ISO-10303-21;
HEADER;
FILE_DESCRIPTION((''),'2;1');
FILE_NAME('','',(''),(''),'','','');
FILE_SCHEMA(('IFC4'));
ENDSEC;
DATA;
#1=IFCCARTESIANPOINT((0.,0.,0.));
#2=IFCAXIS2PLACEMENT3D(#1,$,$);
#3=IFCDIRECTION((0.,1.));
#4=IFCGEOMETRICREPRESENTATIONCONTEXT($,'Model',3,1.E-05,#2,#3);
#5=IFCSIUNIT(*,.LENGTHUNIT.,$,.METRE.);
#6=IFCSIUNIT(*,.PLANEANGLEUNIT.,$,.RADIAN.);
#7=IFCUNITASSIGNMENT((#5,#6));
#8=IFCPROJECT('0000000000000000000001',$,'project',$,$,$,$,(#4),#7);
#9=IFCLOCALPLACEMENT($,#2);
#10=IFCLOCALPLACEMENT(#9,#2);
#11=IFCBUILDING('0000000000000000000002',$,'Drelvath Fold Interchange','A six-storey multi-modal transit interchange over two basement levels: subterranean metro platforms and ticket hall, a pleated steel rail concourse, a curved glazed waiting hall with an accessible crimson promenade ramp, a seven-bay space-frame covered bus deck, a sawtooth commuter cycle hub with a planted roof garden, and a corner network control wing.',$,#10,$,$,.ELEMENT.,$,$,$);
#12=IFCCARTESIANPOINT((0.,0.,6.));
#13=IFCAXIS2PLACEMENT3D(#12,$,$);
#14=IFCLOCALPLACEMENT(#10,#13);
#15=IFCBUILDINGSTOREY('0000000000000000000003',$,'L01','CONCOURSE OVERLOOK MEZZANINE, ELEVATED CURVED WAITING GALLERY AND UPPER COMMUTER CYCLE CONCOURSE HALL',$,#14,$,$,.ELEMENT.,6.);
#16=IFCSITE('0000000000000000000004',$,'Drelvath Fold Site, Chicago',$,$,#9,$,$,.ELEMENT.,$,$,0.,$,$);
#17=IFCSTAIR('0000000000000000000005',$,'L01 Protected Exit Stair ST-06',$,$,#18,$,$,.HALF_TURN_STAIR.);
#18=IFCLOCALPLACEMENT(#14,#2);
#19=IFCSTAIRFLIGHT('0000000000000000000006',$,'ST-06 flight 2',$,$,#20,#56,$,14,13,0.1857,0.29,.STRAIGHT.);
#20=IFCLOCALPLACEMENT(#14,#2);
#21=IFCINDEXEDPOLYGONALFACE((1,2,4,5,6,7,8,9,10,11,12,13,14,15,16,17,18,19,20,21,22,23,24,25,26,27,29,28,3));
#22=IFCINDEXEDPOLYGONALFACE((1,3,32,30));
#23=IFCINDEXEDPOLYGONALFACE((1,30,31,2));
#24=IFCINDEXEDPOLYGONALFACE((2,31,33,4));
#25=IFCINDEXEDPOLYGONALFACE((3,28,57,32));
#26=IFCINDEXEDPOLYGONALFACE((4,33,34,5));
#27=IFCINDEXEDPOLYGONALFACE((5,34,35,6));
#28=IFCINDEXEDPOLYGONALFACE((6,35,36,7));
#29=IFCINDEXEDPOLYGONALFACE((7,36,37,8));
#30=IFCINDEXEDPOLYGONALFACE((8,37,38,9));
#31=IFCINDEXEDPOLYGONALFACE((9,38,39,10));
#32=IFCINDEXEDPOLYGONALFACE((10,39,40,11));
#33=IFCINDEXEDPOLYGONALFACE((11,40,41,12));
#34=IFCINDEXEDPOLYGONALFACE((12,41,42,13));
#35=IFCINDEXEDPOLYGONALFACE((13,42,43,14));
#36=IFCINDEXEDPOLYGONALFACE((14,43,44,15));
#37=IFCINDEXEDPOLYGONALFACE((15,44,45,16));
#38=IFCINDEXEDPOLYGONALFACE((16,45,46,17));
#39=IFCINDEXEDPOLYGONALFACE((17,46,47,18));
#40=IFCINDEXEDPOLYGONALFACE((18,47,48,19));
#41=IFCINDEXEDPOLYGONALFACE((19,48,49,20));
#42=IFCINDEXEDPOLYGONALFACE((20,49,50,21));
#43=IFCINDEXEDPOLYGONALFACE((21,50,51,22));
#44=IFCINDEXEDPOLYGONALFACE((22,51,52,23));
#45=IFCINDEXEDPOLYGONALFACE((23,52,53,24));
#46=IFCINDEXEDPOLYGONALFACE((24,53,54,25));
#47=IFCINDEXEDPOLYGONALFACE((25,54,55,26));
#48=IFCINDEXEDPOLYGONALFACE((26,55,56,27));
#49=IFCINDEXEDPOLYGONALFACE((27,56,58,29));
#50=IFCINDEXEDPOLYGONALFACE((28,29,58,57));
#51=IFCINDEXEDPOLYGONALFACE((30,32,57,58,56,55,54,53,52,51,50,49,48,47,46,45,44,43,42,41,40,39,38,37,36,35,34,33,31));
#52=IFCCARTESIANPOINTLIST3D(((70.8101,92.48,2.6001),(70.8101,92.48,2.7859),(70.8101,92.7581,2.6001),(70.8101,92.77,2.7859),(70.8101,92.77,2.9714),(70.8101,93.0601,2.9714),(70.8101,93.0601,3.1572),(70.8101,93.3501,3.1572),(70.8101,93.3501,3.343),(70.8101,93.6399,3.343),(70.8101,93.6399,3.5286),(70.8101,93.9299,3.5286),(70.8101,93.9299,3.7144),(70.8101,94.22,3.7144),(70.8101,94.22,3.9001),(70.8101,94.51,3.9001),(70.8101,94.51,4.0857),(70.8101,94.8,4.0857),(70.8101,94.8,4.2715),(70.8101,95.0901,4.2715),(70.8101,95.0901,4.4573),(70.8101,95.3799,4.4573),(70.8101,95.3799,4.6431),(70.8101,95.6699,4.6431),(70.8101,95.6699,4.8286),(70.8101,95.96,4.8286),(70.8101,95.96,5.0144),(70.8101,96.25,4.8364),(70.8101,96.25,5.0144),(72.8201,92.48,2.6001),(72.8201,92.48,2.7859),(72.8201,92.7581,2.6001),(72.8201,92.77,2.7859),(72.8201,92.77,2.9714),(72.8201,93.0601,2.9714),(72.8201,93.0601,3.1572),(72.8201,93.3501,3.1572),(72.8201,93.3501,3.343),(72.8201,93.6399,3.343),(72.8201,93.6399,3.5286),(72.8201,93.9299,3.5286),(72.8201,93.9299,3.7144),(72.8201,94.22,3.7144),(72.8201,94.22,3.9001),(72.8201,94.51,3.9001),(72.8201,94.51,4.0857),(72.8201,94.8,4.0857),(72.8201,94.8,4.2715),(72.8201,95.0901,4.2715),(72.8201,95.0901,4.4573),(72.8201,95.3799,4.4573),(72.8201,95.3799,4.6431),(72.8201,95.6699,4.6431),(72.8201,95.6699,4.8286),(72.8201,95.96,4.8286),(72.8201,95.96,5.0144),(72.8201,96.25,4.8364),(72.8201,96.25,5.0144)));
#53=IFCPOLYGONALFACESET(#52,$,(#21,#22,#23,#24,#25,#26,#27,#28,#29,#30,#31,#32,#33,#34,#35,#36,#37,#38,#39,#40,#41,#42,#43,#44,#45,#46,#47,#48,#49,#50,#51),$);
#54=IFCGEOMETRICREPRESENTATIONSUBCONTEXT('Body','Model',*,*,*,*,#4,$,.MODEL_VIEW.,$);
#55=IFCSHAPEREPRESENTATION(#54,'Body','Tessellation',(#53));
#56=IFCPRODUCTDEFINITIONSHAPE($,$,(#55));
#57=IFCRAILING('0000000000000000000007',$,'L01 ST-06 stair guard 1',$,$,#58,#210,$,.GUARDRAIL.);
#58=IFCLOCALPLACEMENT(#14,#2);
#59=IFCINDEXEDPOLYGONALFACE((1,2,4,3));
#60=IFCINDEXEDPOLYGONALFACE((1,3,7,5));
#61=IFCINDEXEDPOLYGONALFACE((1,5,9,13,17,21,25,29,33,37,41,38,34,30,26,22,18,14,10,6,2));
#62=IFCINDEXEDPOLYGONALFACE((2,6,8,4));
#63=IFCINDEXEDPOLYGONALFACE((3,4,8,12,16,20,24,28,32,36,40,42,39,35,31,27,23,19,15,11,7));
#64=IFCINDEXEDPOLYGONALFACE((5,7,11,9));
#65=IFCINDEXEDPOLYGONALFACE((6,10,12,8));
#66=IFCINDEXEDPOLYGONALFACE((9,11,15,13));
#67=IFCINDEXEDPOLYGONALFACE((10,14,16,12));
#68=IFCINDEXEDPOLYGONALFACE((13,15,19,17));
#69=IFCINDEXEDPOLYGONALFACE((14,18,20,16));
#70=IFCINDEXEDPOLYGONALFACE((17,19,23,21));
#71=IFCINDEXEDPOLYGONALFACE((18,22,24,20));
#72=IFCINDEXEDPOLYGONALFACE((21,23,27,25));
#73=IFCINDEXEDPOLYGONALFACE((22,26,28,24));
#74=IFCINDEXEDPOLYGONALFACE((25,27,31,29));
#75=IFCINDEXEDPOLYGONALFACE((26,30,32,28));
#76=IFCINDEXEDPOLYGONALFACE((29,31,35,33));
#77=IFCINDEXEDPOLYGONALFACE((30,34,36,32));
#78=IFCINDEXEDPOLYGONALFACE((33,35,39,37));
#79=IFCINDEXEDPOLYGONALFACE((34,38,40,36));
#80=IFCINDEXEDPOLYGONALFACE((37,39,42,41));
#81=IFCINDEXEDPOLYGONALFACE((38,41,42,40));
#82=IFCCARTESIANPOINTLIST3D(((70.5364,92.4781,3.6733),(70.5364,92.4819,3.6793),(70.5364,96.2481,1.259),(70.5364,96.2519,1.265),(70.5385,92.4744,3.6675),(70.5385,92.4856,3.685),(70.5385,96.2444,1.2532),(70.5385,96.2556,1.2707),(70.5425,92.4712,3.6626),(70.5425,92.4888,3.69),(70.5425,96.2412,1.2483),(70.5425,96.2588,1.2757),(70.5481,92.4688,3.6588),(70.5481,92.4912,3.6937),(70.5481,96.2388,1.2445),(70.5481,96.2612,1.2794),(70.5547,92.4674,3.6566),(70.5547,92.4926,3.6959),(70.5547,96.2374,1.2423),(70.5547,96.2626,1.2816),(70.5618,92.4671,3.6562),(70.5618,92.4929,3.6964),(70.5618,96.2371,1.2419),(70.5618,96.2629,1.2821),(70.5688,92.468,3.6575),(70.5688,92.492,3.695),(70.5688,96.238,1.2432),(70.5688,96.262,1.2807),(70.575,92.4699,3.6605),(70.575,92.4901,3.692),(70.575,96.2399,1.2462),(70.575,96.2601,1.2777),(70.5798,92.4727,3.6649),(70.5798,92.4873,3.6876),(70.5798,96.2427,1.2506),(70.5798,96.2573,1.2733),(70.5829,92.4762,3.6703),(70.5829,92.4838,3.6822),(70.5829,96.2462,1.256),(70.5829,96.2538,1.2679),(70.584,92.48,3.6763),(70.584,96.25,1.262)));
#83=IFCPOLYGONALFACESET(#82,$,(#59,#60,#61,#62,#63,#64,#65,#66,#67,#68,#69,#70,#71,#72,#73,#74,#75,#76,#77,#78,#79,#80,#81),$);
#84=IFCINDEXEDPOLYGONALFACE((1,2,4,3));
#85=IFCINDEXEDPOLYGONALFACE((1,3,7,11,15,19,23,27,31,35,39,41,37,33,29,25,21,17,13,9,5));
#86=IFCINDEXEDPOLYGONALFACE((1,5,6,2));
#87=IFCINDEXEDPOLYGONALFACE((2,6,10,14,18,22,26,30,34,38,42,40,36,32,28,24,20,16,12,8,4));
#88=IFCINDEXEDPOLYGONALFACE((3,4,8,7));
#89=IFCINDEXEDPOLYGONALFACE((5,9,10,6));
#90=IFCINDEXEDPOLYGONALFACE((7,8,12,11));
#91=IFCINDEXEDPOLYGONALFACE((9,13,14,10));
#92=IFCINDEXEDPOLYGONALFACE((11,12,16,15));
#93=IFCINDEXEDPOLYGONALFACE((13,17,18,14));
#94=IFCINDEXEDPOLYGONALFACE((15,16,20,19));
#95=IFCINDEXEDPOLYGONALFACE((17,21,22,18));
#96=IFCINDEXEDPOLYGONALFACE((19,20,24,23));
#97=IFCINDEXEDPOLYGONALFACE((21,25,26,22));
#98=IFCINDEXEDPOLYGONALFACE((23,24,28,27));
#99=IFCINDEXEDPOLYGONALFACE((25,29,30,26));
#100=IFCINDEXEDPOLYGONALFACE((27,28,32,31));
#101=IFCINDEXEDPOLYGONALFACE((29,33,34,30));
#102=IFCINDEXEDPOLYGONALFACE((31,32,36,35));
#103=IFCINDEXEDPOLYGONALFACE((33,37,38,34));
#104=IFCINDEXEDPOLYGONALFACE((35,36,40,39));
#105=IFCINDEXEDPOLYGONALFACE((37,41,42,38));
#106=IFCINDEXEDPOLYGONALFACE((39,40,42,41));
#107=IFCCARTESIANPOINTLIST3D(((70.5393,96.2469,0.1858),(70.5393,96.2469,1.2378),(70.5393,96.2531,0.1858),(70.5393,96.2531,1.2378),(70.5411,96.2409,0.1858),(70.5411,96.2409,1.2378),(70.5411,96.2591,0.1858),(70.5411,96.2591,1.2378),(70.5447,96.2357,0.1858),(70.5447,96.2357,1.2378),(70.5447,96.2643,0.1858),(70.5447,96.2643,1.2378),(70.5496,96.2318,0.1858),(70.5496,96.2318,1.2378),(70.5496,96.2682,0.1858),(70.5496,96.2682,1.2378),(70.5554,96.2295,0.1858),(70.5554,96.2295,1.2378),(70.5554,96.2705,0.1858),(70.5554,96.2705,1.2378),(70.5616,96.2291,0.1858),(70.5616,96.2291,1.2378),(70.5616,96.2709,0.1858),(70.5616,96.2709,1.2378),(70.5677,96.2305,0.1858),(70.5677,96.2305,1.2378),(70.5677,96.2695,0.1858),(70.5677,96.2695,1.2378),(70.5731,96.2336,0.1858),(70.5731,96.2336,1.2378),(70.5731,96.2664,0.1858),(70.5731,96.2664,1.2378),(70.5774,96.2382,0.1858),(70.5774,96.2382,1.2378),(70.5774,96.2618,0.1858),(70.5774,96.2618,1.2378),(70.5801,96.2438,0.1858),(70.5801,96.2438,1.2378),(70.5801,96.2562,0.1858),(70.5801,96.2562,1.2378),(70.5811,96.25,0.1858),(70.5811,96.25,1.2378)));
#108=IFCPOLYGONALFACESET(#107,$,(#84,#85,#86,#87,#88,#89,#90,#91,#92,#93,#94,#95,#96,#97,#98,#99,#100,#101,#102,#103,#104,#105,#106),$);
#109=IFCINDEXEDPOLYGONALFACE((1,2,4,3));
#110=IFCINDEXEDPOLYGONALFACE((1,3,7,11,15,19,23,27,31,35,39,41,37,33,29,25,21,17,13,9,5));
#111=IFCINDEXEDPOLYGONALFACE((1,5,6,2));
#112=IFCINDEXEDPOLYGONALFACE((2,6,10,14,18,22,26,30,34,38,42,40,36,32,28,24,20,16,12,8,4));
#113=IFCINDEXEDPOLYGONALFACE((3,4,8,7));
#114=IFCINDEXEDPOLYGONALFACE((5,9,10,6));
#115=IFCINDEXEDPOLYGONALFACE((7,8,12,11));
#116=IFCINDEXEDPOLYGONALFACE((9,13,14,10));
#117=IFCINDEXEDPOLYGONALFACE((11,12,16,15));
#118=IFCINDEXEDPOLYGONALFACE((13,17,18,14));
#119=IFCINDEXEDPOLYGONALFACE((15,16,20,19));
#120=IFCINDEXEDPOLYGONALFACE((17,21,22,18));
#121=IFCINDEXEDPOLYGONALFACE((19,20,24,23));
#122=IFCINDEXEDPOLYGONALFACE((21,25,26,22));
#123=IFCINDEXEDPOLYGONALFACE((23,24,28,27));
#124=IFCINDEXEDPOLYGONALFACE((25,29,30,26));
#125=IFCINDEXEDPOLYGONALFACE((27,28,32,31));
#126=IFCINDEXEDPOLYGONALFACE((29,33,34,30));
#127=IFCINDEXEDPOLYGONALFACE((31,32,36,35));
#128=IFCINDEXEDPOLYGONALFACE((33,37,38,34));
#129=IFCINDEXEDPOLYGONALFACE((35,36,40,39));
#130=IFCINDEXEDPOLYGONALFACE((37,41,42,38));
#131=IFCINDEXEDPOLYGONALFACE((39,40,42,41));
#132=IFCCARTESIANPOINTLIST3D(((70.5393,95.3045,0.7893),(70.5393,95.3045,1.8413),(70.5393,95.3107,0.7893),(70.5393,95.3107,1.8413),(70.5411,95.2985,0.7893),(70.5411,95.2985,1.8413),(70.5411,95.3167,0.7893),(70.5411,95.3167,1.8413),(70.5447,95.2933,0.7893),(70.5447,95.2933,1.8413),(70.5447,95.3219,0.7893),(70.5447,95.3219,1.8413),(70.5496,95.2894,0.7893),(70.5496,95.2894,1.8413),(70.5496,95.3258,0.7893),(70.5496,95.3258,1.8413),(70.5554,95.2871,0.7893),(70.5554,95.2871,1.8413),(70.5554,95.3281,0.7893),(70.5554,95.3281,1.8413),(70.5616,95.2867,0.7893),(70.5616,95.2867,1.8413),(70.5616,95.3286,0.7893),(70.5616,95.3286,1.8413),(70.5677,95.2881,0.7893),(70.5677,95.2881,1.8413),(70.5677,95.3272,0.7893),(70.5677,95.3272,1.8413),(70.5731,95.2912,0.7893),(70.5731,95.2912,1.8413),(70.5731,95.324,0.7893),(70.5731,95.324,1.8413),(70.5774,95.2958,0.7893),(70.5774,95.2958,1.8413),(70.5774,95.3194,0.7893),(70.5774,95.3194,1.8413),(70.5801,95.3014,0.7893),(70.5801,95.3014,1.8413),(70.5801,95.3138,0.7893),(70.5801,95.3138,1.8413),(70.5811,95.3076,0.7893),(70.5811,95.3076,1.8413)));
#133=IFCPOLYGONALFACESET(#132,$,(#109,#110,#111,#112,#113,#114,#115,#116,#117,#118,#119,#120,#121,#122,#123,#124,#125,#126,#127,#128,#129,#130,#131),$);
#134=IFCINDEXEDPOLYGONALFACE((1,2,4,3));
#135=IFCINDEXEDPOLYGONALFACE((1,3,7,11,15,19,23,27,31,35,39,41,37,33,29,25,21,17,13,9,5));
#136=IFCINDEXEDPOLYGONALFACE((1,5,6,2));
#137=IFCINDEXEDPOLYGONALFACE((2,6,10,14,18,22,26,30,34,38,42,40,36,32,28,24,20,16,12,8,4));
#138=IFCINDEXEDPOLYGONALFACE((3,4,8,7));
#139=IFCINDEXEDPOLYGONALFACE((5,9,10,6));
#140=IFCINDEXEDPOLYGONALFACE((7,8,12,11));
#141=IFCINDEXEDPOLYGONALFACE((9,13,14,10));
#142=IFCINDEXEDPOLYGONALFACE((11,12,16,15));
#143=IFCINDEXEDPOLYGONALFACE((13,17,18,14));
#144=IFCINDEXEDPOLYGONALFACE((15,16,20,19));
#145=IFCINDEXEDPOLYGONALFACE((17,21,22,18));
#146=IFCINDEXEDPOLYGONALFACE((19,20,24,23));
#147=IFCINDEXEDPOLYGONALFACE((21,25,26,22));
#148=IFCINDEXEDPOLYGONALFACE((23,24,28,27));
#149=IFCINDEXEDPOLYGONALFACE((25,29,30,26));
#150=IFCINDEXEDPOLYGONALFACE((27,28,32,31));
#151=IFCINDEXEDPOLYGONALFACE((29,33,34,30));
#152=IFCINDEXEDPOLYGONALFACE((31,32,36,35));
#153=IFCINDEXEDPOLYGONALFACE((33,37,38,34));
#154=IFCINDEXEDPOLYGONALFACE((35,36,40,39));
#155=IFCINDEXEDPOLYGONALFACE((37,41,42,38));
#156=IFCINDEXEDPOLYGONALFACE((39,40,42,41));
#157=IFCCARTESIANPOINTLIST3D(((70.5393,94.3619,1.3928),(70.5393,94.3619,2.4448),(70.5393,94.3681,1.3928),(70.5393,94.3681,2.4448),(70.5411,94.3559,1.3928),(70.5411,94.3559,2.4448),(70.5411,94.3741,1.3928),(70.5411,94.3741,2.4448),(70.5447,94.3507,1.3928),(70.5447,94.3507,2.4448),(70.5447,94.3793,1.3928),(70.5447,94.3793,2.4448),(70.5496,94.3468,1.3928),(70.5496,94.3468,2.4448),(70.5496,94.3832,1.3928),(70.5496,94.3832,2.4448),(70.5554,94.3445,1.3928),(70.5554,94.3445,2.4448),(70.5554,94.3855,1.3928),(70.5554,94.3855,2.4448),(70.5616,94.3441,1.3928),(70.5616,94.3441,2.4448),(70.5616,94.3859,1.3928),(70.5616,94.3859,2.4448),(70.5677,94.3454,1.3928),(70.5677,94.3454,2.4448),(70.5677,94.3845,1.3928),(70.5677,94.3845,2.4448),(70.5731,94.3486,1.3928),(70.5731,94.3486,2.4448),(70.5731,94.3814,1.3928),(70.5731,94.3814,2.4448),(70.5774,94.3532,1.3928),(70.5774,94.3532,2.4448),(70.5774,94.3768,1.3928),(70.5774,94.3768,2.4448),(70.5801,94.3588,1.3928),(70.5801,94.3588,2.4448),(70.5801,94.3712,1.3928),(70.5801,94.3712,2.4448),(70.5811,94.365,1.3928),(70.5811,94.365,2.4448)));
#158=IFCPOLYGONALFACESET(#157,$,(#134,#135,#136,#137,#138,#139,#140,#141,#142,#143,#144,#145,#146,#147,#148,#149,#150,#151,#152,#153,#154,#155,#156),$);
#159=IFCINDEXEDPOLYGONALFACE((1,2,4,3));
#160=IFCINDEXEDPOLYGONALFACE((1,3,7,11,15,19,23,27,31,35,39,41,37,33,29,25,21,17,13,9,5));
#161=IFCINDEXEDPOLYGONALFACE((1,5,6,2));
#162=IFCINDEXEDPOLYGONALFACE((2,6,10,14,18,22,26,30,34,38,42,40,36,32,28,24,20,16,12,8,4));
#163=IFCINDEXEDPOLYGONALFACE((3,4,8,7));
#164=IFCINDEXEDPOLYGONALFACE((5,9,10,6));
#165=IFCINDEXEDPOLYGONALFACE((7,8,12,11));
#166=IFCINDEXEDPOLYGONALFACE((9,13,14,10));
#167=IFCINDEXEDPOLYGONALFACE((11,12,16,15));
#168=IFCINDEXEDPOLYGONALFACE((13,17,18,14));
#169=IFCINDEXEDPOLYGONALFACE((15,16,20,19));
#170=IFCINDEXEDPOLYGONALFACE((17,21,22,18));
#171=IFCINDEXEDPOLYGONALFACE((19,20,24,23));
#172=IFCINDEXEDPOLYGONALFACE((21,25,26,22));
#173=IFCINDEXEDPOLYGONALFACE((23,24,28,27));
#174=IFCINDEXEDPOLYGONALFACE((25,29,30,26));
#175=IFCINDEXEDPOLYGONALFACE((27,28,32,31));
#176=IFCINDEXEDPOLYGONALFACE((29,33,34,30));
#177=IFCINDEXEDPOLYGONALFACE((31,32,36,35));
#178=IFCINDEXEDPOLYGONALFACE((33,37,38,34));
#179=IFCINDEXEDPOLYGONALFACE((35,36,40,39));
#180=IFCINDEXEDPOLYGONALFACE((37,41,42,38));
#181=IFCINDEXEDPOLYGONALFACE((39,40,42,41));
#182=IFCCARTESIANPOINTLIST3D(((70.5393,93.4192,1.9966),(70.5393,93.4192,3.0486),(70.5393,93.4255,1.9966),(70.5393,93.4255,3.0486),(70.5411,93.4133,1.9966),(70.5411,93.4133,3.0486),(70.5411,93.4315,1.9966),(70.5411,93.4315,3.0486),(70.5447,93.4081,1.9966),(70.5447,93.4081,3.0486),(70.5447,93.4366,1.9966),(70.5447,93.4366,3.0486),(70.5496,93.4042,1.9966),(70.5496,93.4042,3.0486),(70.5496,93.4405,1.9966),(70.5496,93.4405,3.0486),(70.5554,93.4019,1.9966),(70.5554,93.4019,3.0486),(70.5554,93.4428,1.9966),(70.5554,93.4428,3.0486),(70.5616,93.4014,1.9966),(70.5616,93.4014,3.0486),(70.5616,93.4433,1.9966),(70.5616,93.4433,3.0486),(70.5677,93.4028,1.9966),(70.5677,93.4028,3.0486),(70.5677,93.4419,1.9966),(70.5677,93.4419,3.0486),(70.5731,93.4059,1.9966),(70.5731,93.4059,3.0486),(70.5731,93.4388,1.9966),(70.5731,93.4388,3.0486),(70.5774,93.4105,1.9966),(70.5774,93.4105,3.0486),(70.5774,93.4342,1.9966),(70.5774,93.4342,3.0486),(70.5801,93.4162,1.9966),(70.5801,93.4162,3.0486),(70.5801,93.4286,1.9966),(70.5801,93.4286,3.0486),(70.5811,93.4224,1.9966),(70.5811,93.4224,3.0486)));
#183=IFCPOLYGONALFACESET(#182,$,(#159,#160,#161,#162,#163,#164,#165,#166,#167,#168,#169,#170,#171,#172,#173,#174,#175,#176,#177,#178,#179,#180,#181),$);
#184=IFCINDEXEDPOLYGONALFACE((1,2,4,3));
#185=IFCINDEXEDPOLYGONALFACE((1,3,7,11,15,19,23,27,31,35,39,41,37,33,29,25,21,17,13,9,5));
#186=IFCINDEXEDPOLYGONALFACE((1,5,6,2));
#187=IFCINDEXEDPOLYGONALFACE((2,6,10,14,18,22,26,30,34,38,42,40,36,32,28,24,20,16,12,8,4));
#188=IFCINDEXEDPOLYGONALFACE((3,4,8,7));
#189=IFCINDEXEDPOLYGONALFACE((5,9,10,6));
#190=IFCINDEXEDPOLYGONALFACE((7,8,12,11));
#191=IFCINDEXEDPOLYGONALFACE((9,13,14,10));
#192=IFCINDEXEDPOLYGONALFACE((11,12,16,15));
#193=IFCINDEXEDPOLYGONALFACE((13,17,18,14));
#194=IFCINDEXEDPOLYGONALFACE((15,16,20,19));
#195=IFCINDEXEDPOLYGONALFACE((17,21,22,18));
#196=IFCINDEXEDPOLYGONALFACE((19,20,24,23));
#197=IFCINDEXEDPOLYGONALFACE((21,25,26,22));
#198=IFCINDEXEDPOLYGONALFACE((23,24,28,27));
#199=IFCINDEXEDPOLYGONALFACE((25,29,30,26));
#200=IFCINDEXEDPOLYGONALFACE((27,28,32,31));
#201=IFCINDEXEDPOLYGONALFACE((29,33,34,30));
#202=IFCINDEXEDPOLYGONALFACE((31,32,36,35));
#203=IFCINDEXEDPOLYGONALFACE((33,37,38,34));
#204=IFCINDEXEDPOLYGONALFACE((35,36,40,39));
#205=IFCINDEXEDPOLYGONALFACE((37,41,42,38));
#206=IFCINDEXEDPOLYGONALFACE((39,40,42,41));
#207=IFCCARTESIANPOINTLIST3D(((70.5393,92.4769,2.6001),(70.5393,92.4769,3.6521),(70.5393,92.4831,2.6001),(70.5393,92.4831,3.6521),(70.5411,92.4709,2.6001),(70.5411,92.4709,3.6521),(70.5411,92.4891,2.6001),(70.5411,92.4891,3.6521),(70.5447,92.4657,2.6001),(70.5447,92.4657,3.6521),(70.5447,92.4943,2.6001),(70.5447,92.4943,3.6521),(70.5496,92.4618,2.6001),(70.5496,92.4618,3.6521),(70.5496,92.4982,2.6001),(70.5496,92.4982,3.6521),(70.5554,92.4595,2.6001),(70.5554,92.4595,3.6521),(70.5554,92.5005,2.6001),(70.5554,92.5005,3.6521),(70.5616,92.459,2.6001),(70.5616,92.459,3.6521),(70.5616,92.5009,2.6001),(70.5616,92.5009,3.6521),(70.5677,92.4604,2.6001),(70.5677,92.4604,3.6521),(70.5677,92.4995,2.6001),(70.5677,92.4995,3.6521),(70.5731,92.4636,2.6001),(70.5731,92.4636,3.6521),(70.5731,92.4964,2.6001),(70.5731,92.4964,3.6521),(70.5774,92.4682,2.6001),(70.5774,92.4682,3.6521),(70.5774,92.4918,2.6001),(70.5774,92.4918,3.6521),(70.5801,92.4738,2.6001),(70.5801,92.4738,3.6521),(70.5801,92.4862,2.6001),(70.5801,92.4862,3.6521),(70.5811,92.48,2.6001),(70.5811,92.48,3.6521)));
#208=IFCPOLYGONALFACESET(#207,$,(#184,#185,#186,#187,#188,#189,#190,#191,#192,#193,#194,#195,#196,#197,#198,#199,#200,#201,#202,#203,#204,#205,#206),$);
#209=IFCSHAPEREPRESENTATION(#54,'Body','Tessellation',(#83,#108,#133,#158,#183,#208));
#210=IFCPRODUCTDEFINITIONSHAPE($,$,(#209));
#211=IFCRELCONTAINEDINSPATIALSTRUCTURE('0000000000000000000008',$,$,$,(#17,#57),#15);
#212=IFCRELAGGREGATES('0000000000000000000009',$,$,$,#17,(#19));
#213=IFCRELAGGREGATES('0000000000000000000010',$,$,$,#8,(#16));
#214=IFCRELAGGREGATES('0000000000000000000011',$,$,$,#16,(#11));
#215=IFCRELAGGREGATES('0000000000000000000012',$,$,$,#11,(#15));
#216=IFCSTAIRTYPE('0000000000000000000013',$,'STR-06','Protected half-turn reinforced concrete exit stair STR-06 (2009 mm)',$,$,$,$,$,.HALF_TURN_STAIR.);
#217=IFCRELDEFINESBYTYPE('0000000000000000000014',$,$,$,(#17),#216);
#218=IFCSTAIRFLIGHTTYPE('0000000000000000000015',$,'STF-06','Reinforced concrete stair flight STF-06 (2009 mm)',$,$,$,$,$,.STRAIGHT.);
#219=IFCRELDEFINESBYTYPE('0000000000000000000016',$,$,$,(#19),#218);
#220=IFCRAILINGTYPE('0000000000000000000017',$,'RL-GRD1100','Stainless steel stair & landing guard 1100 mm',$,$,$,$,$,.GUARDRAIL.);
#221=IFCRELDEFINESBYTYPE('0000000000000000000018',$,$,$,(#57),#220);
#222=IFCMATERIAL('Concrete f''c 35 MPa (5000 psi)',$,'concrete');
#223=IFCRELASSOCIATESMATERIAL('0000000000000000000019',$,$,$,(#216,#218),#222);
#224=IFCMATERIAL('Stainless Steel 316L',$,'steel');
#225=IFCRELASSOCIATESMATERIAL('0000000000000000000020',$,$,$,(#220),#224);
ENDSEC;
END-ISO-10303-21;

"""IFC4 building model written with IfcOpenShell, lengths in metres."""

from ifc_helpers import new_model, si_unit, direction, frame, origin, origin_2d, place, context, subcontext, project, spatial, polyline, circle, outline, extrude, material, type_object, element, aggregate, save


model = new_model("IFC4")

# Units and contexts
model_context = context("Model", 3, precision=1e-05, world=origin(), true_north=direction((0.0, 1.0)))
body_context = subcontext(model_context, "Body", "Model", "MODEL_VIEW")
ifc_project = project(units=[si_unit("LENGTHUNIT", "METRE"), si_unit("PLANEANGLEUNIT", "RADIAN")], contexts=[model_context])

# Site, building, storey
site_placement = place(None, origin())
site = spatial("IfcSite", under=ifc_project, at=site_placement, Name="Drelvath Fold Site, Chicago", CompositionType="ELEMENT", RefElevation=0.0)
building_placement = place(site_placement, origin())
building = spatial("IfcBuilding", under=site, at=building_placement, Name="Drelvath Fold Interchange", Description="A six-storey multi-modal transit interchange over two basement levels: subterranean metro platforms and ticket hall, a pleated steel rail concourse, a curved glazed waiting hall with an accessible crimson promenade ramp, a seven-bay space-frame covered bus deck, a sawtooth commuter cycle hub with a planted roof garden, and a corner network control wing.", CompositionType="ELEMENT")
storey_placement = place(building_placement, frame((0.0, 0.0, 6.0)))
storey = spatial("IfcBuildingStorey", under=building, at=storey_placement, Name="L01", Description="CONCOURSE OVERLOOK MEZZANINE, ELEVATED CURVED WAITING GALLERY AND UPPER COMMUTER CYCLE CONCOURSE HALL", CompositionType="ELEMENT", Elevation=6.0)

# Stair, stair flight
ifc_material_1 = material(Name="Concrete f'c 35 MPa (5000 psi)", Category="concrete")
stair_type = type_object("IfcStairType", Name="STR-06", Description="Protected half-turn reinforced concrete exit stair STR-06 (2009 mm)", PredefinedType="HALF_TURN_STAIR", material=ifc_material_1)
stair_placement = place(storey_placement, origin())
stair = element("IfcStair", 1, at=stair_placement, inside=storey, type_object=stair_type, Name="L01 Protected Exit Stair ST-06", PredefinedType="HALF_TURN_STAIR")
stair_flight_type = type_object("IfcStairFlightType", Name="STF-06", Description="Reinforced concrete stair flight STF-06 (2009 mm)", PredefinedType="STRAIGHT", material=ifc_material_1)
stair_flight_1_placement = place(storey_placement, frame((71.8149, 92.48, 2.6001), z_axis=(0.0, 0.0, 1.0), x_axis=(0.0, 1.0, 0.0)))
stair_flight_1 = element("IfcStairFlight", 2, at=stair_flight_1_placement, type_object=stair_flight_type, Name="ST-06 flight 2", NumberOfRisers=14, NumberOfTreads=13, PredefinedType="STRAIGHT", RiserHeight=0.1857, TreadLength=0.29, context=body_context, shape_type="SweptSolid", body=[
    extrude(outline(polyline([(0.0, 0.0), (0.0, 0.1858), (0.29, 0.1858), (0.29, 0.3713), (0.5801, 0.3713), (0.5801, 0.5571), (0.8701, 0.5571), (0.8701, 0.7429), (1.1599, 0.7429), (1.1599, 0.9285), (1.45, 0.9285), (1.45, 1.1143), (1.74, 1.1143), (1.74, 1.3), (2.03, 1.3), (2.03, 1.4856), (2.3201, 1.4856), (2.3201, 1.6714), (2.6101, 1.6714), (2.6101, 1.8572), (2.8999, 1.8572), (2.8999, 2.043), (3.1899, 2.043), (3.1899, 2.2285), (3.48, 2.2285), (3.48, 2.4143), (3.77, 2.4143), (3.77, 2.6001), (3.77, 2.2363), (0.2781, 0.0), (0.0, 0.0)])), frame((0.0, 1.0049, 0.0), z_axis=(0.0, -1.0, 0.0), x_axis=(1.0, 0.0, 0.0)), (0.0, 0.0, 1.0), 2.01),
])
aggregate(stair, [stair_flight_1])

# Railing
ifc_material_2 = material(Name="Stainless Steel 316L", Category="steel")
railing_type_1 = type_object("IfcRailingType", Name="RL-GRD1100", Description="Stainless steel stair & landing guard 1100 mm", PredefinedType="GUARDRAIL", material=ifc_material_2)
railing_1_placement = place(storey_placement, frame((70.5601, 96.25, 0.1858)))
element("IfcRailing", 3, at=railing_1_placement, inside=storey, type_object=railing_type_1, Name="L01 ST-06 stair guard 1", PredefinedType="GUARDRAIL", context=body_context, shape_type="SweptSolid", body=[
    extrude(circle(Radius=0.0239, at=origin_2d()), frame((0.0, 0.0, 1.0762), z_axis=(0.0, -0.84212, 0.53929), x_axis=(1.0, 0.0, 0.0)), (0.0, 0.0, 1.0), 4.4768),
    extrude(circle(Radius=0.021, at=origin_2d()), origin(), (0.0, 0.0, 1.0), 1.052),
    extrude(circle(Radius=0.021, at=origin_2d()), frame((0.0, -0.9424, 0.6035)), (0.0, 0.0, 1.0), 1.052),
    extrude(circle(Radius=0.021, at=origin_2d()), frame((0.0, -1.885, 1.207)), (0.0, 0.0, 1.0), 1.052),
    extrude(circle(Radius=0.021, at=origin_2d()), frame((0.0, -2.8276, 1.8108)), (0.0, 0.0, 1.0), 1.052),
    extrude(circle(Radius=0.021, at=origin_2d()), frame((0.0, -3.77, 2.4143)), (0.0, 0.0, 1.0), 1.052),
])

save(model, "model.ifc")
